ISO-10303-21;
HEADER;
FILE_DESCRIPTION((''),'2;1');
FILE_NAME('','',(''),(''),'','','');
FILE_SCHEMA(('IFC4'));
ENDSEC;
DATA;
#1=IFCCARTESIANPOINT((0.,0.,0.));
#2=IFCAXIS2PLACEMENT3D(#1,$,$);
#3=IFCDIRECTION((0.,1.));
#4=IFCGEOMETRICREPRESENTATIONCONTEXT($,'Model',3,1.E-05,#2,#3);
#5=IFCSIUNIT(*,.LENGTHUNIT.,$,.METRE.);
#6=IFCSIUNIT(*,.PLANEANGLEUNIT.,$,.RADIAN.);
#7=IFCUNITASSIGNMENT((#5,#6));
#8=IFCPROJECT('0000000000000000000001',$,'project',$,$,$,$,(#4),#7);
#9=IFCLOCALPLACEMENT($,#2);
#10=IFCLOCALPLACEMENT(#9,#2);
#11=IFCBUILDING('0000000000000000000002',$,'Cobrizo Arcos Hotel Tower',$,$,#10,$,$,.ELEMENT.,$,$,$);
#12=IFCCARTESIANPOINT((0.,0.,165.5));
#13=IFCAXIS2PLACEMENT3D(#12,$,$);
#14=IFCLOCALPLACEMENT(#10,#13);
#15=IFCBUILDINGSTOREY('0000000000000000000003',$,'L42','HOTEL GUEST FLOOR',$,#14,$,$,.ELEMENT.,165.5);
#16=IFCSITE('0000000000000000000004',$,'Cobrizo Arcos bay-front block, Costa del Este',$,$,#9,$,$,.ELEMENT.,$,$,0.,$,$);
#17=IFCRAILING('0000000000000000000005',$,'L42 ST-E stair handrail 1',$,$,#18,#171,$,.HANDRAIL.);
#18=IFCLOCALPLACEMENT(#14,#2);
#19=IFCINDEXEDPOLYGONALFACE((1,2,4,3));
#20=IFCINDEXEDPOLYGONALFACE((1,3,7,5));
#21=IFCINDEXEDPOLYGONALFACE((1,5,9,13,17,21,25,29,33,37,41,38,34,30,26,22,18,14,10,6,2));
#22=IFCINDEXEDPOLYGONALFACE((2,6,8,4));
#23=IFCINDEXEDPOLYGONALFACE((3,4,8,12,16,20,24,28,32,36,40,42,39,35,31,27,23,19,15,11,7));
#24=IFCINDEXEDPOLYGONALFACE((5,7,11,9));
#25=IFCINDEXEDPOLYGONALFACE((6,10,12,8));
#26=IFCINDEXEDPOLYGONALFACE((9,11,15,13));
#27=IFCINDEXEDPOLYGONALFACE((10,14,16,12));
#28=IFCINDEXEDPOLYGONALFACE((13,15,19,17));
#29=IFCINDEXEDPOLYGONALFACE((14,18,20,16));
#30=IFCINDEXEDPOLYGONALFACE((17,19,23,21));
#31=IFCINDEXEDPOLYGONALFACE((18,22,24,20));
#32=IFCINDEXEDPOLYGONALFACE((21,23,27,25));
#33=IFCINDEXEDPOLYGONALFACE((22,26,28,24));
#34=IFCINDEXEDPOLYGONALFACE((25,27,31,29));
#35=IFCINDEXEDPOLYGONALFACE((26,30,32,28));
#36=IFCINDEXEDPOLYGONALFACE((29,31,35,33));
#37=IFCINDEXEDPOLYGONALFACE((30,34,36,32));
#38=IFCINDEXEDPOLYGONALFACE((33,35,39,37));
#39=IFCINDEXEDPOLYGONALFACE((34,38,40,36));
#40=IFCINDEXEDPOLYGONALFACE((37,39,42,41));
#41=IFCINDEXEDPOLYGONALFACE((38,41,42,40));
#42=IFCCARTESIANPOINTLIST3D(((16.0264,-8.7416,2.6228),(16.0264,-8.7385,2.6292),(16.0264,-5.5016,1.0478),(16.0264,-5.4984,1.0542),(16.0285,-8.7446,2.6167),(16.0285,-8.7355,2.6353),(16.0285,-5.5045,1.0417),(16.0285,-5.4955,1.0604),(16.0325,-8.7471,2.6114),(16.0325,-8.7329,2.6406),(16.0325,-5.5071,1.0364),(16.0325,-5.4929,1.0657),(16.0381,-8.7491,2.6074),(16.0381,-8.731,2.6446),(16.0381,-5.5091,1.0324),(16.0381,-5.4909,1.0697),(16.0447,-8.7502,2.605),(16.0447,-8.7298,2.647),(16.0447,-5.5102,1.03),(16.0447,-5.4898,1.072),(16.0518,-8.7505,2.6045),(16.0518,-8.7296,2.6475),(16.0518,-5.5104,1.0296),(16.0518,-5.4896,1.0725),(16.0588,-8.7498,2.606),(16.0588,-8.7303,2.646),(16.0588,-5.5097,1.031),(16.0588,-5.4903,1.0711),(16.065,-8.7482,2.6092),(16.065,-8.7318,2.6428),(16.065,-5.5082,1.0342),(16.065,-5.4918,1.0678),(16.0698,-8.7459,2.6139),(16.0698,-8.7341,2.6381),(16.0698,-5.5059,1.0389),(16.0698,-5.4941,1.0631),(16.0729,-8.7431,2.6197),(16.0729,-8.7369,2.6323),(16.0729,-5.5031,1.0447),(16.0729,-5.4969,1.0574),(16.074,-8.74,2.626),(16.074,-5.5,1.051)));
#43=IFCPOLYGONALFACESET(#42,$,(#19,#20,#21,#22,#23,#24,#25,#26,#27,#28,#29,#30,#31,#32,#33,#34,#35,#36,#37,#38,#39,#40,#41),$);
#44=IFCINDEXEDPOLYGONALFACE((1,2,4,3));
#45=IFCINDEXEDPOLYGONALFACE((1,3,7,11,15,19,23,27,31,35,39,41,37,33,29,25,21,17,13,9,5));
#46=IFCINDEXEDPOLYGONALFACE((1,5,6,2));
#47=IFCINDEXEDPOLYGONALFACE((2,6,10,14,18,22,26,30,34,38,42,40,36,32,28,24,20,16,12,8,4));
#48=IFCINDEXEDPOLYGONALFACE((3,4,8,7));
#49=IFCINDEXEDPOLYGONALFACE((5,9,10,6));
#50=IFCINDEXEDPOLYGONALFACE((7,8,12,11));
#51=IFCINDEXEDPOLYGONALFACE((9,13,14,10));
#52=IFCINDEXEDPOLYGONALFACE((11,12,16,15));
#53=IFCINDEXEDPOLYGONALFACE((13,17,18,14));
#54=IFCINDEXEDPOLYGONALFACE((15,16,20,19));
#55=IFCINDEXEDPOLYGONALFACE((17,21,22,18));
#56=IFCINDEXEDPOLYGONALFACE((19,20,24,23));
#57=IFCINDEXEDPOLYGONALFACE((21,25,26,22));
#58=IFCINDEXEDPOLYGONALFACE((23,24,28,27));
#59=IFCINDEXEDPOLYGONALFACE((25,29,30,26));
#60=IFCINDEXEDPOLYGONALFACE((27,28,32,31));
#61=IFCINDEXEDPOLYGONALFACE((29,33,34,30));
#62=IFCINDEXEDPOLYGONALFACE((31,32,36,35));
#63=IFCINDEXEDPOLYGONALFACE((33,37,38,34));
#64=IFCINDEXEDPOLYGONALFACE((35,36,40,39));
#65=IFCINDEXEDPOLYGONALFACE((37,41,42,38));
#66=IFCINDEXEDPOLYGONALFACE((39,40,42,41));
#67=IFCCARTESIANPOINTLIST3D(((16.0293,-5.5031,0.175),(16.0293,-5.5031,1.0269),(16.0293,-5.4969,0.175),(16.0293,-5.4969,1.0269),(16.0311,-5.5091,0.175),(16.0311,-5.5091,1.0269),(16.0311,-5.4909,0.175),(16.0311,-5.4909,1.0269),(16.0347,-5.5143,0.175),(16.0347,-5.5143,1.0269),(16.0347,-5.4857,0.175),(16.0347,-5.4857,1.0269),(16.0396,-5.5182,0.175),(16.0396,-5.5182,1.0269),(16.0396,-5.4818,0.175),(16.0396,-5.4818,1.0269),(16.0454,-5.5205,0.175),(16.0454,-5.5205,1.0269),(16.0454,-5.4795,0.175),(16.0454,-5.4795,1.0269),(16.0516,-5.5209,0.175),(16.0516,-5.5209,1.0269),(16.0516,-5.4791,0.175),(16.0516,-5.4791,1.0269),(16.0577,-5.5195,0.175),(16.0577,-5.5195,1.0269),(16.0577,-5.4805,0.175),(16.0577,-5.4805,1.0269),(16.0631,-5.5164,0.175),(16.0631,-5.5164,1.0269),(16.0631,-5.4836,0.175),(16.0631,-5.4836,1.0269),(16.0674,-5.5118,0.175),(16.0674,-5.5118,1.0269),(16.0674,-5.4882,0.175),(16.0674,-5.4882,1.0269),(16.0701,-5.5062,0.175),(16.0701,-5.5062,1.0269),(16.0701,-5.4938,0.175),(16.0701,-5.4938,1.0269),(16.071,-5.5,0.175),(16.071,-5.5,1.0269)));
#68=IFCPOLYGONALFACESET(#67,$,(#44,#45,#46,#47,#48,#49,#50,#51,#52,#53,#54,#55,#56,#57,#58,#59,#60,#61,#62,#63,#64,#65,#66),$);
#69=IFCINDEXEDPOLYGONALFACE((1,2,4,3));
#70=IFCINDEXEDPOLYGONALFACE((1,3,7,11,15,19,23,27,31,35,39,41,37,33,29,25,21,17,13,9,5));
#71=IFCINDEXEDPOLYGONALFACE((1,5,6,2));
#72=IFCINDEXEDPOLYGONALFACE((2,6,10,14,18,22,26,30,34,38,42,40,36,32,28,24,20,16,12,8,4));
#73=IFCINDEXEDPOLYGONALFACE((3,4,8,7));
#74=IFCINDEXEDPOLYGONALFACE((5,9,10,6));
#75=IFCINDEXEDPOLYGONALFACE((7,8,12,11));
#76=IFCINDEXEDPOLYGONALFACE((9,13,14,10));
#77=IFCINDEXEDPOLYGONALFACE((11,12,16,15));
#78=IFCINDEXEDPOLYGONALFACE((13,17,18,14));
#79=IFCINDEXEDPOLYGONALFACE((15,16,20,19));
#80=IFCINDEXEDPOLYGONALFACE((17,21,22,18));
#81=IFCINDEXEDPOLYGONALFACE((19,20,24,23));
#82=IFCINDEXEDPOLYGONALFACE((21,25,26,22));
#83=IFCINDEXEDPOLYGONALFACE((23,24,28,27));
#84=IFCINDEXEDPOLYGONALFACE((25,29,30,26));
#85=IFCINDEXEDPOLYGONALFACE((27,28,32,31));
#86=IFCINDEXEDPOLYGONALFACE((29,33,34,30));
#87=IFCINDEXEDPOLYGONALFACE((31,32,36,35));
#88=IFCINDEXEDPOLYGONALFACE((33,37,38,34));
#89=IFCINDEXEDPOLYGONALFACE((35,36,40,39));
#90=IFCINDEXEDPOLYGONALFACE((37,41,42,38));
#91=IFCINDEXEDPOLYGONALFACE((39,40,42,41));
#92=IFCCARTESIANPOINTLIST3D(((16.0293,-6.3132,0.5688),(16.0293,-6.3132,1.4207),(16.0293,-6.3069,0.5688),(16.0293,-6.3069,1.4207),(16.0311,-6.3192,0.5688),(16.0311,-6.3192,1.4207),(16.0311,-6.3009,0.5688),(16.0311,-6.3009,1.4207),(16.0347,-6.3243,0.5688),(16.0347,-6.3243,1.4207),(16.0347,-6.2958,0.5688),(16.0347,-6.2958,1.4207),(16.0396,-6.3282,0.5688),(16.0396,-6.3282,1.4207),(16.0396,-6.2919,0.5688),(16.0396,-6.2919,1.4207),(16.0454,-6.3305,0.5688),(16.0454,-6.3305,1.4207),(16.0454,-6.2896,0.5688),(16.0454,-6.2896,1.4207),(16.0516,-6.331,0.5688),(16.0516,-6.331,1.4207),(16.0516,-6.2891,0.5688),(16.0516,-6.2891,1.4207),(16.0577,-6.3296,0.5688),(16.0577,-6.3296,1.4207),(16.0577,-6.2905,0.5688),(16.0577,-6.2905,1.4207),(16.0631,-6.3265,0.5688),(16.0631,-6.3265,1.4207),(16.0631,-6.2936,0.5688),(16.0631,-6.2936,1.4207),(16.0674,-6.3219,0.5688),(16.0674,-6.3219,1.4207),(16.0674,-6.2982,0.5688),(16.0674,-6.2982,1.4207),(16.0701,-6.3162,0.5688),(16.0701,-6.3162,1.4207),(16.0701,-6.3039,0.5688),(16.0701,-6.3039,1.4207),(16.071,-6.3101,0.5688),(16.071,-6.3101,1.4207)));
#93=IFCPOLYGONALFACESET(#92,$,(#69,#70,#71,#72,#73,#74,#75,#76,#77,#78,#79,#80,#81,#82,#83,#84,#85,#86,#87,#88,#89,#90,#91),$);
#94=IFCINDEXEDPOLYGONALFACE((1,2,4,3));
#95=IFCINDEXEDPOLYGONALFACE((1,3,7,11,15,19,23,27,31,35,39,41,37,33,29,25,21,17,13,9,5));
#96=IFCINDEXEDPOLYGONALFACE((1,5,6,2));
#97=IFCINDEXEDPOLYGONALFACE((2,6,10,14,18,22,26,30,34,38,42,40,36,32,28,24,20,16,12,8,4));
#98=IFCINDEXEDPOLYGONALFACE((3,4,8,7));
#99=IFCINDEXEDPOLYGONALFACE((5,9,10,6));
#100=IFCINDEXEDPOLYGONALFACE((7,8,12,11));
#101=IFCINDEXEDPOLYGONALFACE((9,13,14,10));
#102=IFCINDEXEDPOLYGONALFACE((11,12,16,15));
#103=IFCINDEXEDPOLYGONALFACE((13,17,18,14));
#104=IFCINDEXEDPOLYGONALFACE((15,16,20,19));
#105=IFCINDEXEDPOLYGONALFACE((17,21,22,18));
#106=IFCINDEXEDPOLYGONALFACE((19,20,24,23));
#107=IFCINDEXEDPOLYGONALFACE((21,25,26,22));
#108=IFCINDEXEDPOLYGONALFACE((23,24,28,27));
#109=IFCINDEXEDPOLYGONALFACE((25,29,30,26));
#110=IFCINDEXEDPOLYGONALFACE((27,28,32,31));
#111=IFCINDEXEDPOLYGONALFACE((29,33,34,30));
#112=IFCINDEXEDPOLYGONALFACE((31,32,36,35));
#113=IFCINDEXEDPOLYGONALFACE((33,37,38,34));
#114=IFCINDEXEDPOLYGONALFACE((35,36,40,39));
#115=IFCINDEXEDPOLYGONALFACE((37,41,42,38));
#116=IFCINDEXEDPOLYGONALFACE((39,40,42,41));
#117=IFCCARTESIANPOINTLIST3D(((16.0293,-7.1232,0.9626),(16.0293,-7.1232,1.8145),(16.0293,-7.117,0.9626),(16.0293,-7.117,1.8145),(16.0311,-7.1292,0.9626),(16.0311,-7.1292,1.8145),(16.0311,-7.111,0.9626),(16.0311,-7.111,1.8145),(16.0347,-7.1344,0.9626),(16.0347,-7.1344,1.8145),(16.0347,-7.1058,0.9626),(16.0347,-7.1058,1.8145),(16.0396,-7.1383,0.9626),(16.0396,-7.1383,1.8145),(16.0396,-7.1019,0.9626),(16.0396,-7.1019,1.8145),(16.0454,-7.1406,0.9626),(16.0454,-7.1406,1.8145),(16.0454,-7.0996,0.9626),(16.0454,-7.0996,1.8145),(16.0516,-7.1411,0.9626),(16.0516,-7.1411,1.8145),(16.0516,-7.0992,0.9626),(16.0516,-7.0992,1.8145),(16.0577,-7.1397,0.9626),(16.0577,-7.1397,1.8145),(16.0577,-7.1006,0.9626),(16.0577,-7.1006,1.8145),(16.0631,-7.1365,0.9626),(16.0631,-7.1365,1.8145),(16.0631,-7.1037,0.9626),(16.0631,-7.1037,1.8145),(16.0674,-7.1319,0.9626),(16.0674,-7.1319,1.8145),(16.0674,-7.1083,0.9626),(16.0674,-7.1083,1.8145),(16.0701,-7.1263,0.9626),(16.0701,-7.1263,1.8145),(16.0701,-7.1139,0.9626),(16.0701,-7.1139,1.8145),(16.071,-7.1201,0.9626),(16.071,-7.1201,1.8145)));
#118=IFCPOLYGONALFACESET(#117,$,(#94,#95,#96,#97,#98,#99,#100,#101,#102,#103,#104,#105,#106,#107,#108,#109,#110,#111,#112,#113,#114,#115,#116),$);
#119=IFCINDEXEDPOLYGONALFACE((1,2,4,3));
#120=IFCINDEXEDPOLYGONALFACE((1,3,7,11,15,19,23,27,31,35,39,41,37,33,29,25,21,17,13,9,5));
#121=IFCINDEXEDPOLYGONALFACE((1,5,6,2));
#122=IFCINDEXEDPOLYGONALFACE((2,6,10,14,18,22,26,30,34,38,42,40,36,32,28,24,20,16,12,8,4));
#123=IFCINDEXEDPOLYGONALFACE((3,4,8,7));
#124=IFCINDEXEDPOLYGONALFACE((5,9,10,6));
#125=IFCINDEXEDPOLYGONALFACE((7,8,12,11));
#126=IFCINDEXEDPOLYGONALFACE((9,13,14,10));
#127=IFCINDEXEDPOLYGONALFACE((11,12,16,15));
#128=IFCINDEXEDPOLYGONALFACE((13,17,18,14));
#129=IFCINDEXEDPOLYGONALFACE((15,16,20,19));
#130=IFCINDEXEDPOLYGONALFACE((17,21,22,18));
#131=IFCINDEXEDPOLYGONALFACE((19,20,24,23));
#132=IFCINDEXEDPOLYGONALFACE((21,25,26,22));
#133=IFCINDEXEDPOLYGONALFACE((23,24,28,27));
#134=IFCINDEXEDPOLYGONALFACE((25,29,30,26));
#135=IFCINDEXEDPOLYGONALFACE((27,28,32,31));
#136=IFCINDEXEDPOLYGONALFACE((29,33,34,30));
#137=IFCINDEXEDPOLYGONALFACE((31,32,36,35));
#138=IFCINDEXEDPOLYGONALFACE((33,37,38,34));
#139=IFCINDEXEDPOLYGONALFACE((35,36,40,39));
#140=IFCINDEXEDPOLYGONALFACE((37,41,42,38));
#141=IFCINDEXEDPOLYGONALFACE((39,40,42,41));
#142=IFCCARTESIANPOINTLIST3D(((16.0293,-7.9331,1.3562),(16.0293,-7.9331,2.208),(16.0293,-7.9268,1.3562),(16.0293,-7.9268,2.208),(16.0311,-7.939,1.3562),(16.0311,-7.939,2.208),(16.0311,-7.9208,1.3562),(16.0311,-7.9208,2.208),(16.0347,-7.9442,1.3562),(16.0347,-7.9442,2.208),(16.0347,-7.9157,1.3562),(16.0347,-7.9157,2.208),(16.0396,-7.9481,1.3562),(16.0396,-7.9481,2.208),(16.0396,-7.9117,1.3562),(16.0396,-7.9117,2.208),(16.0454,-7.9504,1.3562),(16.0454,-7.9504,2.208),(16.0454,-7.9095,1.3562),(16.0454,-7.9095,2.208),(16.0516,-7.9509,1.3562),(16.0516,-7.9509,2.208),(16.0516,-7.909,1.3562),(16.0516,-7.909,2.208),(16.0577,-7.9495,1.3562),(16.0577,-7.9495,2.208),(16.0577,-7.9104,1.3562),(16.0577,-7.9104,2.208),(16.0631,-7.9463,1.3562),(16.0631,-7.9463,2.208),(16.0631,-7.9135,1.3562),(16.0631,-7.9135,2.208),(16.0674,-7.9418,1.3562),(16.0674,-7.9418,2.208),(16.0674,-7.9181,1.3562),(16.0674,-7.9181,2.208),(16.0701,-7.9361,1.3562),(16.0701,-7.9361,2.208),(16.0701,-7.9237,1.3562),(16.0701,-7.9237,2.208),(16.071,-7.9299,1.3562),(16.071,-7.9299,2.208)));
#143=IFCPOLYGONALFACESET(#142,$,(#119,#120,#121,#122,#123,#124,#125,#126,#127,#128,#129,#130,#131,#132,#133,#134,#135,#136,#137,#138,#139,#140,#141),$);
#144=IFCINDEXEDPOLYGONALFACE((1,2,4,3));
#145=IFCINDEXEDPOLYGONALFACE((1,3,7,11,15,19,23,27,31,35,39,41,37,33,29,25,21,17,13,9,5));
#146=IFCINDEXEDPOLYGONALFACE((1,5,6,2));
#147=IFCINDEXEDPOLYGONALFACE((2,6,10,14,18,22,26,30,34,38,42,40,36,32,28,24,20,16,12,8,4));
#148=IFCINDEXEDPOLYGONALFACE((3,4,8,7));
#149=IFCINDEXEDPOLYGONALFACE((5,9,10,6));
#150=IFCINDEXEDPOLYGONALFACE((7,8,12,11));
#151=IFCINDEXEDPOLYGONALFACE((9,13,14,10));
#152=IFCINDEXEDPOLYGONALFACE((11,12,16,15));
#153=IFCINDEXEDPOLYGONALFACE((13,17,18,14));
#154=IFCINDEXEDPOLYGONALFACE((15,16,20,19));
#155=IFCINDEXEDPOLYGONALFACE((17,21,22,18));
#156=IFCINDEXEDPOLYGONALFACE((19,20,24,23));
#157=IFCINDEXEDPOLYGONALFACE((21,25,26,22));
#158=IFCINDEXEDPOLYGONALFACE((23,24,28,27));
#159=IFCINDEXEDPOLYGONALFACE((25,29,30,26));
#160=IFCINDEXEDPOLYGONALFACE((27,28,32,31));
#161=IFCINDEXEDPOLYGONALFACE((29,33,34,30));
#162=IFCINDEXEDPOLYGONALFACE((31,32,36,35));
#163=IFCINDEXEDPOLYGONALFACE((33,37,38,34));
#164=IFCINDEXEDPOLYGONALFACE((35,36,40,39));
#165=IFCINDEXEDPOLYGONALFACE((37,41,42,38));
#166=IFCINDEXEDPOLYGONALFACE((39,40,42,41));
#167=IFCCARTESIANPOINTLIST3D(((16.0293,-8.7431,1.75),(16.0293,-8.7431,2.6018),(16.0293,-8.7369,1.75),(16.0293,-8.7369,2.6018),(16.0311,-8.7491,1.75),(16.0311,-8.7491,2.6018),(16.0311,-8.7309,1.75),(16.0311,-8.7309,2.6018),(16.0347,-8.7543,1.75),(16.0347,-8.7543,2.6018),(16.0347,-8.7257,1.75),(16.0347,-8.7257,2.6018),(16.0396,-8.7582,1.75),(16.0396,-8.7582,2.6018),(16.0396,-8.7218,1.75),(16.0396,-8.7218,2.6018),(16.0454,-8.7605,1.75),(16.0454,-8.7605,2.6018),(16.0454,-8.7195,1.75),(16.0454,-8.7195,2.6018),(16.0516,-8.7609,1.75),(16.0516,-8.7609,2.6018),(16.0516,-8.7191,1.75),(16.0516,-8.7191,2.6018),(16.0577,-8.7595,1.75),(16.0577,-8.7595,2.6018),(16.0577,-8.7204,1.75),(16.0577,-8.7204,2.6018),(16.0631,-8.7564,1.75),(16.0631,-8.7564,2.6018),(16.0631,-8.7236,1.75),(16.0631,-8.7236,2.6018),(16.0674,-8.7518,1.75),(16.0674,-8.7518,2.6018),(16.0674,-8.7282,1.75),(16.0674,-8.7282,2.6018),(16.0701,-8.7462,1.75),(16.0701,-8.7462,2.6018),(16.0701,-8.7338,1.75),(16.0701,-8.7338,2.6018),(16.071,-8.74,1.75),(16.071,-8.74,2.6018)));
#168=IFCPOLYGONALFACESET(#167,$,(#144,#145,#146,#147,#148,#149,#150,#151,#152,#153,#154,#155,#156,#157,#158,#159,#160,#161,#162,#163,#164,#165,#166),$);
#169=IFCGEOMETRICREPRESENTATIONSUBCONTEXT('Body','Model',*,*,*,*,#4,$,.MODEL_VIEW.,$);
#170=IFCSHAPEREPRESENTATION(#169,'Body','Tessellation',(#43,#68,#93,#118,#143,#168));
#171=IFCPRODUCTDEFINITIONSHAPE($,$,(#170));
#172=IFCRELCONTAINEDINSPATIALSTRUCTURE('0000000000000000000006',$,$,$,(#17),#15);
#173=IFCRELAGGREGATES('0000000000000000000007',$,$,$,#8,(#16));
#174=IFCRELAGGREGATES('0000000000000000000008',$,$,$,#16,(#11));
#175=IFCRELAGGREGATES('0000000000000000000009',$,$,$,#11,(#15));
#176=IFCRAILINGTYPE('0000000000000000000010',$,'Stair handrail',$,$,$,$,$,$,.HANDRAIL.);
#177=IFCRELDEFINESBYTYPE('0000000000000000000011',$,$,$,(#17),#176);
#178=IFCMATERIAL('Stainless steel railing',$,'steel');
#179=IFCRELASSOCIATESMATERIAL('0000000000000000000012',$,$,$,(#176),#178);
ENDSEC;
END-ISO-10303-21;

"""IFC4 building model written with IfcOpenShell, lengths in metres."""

from ifc_helpers import new_model, si_unit, direction, frame, origin, origin_2d, place, context, subcontext, project, spatial, circle, extrude, material, type_object, element, save


model = new_model("IFC4")

# Units and contexts
model_context = context("Model", 3, precision=1e-05, world=origin(), true_north=direction((0.0, 1.0)))
body_context = subcontext(model_context, "Body", "Model", "MODEL_VIEW")
ifc_project = project(units=[si_unit("LENGTHUNIT", "METRE"), si_unit("PLANEANGLEUNIT", "RADIAN")], contexts=[model_context])

# Site, building, storey
site_placement = place(None, origin())
site = spatial("IfcSite", under=ifc_project, at=site_placement, Name="Cobrizo Arcos bay-front block, Costa del Este", CompositionType="ELEMENT", RefElevation=0.0)
building_placement = place(site_placement, origin())
building = spatial("IfcBuilding", under=site, at=building_placement, Name="Cobrizo Arcos Hotel Tower", CompositionType="ELEMENT")
storey_placement = place(building_placement, frame((0.0, 0.0, 165.5)))
storey = spatial("IfcBuildingStorey", under=building, at=storey_placement, Name="L42", Description="HOTEL GUEST FLOOR", CompositionType="ELEMENT", Elevation=165.5)

# Railing
ifc_material_1 = material(Name="Stainless steel railing", Category="steel")
railing_type_1 = type_object("IfcRailingType", Name="Stair handrail", PredefinedType="HANDRAIL", material=ifc_material_1)
railing_1_placement = place(storey_placement, frame((16.05, -5.5, 0.175)))
element("IfcRailing", 1, at=railing_1_placement, inside=storey, type_object=railing_type_1, Name="L42 ST-E stair handrail 1", PredefinedType="HANDRAIL", context=body_context, shape_type="SweptSolid", body=[
    extrude(circle(Radius=0.0239, at=origin_2d()), frame((0.0, 0.0, 0.876), z_axis=(0.0, -0.899373, 0.437183), x_axis=(1.0, 0.0, 0.0)), (0.0, 0.0, 1.0), 3.6025),
    extrude(circle(Radius=0.021, at=origin_2d()), origin(), (0.0, 0.0, 1.0), 0.8518),
    extrude(circle(Radius=0.021, at=origin_2d()), frame((0.0, -0.8101, 0.3938)), (0.0, 0.0, 1.0), 0.8518),
    extrude(circle(Radius=0.021, at=origin_2d()), frame((0.0, -1.6201, 0.7876)), (0.0, 0.0, 1.0), 0.8518),
    extrude(circle(Radius=0.021, at=origin_2d()), frame((0.0, -2.4299, 1.1812)), (0.0, 0.0, 1.0), 0.8518),
    extrude(circle(Radius=0.021, at=origin_2d()), frame((0.0, -3.24, 1.575)), (0.0, 0.0, 1.0), 0.8518),
])

save(model, "model.ifc")
